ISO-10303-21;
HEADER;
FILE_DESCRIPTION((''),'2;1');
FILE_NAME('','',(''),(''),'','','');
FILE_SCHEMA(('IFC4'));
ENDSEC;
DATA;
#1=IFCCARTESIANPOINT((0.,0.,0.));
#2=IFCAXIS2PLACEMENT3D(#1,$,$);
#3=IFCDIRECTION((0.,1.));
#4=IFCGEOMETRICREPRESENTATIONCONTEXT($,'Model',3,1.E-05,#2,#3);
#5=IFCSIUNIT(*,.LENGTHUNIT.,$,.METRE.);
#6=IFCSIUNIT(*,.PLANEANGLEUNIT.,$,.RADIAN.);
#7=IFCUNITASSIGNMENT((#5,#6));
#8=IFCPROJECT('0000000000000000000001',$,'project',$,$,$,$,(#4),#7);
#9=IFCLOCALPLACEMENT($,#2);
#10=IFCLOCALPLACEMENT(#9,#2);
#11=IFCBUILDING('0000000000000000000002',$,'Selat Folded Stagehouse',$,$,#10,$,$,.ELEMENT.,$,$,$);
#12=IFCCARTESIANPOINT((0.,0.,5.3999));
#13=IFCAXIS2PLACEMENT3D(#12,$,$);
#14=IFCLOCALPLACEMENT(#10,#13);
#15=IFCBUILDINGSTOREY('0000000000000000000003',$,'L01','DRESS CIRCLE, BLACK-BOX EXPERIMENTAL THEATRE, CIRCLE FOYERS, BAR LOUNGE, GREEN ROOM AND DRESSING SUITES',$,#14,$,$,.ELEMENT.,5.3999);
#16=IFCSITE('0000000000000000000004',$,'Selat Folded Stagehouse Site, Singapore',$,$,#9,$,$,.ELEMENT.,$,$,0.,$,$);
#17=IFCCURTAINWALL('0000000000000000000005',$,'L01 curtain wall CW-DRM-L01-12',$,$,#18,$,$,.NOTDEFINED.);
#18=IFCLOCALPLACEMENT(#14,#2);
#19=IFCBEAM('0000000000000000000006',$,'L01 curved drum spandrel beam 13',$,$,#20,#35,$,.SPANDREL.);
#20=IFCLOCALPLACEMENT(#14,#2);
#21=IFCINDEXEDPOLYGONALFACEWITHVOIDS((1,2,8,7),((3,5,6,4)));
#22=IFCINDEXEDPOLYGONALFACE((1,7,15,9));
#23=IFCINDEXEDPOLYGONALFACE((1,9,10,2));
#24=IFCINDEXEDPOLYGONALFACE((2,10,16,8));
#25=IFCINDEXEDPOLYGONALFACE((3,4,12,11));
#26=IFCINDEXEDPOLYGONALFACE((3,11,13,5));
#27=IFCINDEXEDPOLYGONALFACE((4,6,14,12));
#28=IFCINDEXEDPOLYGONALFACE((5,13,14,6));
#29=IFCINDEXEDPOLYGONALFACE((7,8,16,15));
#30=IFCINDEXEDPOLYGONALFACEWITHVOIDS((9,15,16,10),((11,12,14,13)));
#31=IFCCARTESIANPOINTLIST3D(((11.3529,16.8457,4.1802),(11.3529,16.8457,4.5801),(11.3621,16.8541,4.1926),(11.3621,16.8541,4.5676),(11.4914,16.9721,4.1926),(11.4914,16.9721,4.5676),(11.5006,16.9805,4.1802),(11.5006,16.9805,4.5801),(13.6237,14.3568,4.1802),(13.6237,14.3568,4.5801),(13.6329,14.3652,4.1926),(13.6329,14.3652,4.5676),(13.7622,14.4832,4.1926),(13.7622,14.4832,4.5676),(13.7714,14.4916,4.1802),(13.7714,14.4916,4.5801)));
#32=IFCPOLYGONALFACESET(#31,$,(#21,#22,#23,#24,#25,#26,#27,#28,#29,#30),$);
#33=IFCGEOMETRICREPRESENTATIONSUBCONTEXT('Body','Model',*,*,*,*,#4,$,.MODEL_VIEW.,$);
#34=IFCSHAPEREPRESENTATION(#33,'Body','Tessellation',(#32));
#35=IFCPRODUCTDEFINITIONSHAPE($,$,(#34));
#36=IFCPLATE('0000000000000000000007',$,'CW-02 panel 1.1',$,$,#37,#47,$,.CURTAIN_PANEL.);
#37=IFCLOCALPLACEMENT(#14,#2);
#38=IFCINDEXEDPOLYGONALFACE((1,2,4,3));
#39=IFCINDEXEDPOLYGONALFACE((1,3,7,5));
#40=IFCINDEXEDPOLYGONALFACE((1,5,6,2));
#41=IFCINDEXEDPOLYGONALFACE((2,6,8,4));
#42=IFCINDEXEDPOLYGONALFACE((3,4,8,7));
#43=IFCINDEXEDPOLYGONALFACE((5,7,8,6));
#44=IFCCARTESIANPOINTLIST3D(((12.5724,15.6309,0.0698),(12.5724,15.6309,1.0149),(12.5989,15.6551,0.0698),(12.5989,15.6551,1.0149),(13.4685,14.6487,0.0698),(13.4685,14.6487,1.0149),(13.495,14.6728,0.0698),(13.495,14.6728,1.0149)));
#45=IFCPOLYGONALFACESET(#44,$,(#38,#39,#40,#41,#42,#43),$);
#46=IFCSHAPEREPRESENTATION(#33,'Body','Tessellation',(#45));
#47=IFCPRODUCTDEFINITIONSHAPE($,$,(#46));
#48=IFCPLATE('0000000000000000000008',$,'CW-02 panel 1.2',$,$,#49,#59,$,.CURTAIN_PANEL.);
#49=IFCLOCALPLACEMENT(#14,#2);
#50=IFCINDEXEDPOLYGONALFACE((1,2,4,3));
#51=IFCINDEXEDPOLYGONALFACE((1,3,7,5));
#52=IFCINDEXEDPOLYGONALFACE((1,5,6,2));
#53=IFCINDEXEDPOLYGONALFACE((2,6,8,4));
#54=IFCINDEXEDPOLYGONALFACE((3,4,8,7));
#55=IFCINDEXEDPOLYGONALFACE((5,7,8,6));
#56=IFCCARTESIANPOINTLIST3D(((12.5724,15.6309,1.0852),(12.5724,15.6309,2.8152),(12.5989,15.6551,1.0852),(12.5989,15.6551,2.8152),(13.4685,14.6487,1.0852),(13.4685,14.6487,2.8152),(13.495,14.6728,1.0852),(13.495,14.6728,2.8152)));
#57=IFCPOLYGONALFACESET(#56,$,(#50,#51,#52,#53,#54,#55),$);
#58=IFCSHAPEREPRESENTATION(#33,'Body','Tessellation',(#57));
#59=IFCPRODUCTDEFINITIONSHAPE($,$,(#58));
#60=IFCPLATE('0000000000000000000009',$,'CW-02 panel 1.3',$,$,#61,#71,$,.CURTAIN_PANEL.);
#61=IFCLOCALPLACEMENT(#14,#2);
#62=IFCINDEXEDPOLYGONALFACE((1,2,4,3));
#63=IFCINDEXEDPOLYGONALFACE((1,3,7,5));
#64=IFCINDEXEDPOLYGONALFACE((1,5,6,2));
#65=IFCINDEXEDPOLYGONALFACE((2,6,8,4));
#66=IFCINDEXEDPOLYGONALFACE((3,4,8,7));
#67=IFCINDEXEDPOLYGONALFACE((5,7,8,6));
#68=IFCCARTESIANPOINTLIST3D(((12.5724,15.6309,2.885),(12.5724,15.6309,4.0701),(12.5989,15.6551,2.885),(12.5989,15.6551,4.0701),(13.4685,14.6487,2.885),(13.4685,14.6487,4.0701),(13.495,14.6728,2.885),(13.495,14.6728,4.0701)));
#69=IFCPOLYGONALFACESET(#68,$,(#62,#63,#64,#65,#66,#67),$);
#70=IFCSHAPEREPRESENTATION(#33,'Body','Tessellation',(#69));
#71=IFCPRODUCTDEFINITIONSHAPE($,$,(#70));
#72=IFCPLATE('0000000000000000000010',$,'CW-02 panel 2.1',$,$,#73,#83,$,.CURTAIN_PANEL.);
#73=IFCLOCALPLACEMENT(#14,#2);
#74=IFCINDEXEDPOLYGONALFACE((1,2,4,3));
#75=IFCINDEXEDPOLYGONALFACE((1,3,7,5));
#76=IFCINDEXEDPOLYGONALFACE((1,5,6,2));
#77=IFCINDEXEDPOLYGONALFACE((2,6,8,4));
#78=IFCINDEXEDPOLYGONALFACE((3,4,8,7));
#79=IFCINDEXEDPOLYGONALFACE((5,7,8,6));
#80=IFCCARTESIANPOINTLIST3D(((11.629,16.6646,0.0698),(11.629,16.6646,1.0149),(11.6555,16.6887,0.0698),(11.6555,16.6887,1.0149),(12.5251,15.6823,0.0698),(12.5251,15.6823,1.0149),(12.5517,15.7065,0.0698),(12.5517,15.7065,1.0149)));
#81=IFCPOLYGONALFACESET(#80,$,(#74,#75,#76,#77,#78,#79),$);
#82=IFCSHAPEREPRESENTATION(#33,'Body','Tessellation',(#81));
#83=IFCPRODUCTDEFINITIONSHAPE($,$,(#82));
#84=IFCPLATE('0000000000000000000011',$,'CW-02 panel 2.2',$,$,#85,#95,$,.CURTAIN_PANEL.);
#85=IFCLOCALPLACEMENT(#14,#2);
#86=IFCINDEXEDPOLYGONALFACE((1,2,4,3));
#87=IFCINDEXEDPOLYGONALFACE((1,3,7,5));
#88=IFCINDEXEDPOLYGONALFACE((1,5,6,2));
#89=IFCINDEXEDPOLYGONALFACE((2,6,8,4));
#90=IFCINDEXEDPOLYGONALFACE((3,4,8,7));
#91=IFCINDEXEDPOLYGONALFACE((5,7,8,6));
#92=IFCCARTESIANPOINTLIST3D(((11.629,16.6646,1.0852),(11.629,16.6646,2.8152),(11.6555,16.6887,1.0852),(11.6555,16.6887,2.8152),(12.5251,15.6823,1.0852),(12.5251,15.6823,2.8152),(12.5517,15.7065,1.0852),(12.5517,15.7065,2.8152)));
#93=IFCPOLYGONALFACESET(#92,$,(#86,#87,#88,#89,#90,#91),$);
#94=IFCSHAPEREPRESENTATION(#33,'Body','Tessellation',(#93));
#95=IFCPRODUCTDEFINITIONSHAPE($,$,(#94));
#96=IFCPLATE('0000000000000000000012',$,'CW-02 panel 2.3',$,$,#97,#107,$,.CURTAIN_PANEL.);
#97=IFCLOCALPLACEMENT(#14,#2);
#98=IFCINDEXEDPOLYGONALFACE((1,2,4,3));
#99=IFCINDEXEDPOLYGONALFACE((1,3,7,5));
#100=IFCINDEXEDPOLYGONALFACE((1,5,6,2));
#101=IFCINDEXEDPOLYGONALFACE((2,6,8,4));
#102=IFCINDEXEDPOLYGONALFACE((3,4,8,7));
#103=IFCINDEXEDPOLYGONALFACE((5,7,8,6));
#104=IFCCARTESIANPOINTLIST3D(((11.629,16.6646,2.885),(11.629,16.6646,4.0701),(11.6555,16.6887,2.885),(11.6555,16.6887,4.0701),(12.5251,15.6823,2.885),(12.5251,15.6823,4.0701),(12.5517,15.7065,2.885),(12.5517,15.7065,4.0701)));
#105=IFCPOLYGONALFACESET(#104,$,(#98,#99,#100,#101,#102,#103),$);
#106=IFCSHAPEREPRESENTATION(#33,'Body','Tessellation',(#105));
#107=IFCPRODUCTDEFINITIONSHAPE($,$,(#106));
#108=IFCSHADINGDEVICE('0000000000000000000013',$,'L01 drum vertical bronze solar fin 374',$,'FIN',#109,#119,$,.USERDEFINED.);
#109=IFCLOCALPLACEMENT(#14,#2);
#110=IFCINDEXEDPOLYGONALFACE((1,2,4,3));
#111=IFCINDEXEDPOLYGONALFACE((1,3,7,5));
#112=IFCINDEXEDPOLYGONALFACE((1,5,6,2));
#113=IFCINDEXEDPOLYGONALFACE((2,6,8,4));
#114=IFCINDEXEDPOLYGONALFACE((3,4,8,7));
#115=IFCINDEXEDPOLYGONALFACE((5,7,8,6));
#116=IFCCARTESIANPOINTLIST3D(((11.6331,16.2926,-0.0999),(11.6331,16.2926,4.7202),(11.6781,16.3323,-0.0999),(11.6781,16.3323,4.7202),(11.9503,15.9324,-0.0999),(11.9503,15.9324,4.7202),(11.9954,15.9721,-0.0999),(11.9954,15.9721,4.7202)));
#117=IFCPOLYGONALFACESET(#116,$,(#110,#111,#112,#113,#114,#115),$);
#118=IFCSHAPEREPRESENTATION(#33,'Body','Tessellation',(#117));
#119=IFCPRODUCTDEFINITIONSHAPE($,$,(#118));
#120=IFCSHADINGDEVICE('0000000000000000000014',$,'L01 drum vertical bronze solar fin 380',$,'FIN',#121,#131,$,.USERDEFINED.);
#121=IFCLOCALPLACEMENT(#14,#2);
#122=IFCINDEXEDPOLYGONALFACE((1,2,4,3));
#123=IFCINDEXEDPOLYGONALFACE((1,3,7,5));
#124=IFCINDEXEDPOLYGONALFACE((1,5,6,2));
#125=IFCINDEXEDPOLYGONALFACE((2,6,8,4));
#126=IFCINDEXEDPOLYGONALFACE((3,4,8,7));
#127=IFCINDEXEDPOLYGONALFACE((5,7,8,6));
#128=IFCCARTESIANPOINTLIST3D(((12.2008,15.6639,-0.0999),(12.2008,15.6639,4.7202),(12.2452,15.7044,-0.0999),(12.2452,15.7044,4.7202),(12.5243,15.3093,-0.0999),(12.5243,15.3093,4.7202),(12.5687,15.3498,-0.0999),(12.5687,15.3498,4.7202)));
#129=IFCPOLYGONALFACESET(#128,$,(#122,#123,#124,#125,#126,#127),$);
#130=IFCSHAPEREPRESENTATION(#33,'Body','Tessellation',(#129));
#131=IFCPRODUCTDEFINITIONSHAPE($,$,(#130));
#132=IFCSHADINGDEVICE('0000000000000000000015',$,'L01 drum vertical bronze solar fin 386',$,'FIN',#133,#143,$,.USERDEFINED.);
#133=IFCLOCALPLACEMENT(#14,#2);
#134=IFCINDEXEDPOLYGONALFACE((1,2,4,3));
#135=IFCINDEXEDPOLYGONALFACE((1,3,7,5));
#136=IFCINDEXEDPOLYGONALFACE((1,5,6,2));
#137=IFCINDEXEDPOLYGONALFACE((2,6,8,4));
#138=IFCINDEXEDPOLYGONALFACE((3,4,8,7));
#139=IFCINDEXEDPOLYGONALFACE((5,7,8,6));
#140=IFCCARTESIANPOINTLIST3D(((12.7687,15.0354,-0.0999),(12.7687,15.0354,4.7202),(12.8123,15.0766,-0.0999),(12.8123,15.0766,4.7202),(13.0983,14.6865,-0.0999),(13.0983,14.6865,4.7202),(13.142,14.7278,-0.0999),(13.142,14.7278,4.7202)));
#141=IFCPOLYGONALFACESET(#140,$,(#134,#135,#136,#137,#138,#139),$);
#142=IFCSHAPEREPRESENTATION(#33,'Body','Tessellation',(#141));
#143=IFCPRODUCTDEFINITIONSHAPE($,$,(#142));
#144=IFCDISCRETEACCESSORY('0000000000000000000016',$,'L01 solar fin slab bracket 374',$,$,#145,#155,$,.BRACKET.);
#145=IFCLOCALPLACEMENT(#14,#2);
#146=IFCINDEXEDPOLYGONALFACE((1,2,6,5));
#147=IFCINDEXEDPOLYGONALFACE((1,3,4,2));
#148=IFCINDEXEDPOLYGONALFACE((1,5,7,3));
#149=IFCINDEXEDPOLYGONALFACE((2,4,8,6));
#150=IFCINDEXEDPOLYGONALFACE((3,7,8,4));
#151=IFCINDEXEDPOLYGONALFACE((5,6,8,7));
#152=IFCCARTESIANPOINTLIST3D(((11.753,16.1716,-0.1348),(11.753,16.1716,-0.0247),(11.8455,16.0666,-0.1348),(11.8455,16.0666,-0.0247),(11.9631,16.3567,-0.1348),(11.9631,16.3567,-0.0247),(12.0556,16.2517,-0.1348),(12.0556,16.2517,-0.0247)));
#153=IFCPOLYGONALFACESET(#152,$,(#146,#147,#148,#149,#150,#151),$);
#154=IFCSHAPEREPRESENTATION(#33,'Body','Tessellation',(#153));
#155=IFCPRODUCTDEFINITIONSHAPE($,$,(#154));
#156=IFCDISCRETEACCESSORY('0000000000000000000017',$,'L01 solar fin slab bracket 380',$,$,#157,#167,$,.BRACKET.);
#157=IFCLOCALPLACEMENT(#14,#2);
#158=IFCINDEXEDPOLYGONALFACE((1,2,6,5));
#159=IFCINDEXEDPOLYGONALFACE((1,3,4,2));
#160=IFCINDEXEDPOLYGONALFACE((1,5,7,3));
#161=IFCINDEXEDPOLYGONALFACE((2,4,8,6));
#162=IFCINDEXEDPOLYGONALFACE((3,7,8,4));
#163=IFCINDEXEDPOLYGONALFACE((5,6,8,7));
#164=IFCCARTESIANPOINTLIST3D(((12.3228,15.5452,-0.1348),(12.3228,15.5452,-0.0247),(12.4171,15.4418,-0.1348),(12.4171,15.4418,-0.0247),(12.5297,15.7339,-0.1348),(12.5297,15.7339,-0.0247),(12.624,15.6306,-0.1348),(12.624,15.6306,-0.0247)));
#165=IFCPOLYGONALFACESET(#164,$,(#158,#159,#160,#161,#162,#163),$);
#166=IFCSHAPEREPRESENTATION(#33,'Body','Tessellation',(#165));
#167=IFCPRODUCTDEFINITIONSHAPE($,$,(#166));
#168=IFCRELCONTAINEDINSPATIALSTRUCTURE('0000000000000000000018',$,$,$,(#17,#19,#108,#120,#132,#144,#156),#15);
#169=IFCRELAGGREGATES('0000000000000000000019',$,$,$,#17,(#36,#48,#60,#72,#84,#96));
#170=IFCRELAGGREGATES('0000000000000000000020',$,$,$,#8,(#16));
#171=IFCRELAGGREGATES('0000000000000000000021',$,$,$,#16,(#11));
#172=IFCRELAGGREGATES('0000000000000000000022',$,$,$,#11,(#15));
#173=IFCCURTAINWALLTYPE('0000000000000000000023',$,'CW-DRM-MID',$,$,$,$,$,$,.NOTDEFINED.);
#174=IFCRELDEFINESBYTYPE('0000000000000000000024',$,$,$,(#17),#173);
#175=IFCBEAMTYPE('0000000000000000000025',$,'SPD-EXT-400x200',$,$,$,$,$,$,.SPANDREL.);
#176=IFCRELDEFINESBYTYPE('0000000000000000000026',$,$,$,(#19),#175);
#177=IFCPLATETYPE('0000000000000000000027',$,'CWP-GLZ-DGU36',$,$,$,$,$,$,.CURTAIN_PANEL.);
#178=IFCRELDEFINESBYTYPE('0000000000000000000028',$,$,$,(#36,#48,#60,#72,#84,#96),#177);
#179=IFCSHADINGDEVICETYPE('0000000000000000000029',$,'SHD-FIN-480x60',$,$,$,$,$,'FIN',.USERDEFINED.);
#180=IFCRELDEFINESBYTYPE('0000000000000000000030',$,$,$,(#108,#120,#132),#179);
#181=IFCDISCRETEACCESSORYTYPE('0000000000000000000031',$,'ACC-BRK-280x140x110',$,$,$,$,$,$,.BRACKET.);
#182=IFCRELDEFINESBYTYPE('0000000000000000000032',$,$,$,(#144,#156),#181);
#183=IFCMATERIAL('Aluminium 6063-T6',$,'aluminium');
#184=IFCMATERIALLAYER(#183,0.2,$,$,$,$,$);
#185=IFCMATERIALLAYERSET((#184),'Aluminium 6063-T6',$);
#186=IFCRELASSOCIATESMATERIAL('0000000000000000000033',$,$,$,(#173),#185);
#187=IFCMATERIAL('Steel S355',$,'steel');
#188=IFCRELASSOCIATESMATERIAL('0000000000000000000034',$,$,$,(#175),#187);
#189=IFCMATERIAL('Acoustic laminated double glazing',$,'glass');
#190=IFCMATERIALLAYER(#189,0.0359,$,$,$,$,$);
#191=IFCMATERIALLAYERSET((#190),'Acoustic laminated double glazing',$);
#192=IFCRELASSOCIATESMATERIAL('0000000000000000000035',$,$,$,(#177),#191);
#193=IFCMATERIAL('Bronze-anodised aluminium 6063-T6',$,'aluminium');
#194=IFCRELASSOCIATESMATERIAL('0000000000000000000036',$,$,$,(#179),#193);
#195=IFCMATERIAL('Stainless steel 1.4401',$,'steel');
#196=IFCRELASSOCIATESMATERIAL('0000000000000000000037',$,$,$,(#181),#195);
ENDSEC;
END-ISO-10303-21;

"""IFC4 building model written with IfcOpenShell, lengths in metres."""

from ifc_helpers import new_model, si_unit, direction, frame, origin, origin_2d, place, context, subcontext, project, spatial, rectangle, hollow_rectangle, extrude, material, layer, layer_set, material_profile, profile_set, type_object, element, aggregate, save


model = new_model("IFC4")

# Units and contexts
model_context = context("Model", 3, precision=1e-05, world=origin(), true_north=direction((0.0, 1.0)))
body_context = subcontext(model_context, "Body", "Model", "MODEL_VIEW")
ifc_project = project(units=[si_unit("LENGTHUNIT", "METRE"), si_unit("PLANEANGLEUNIT", "RADIAN")], contexts=[model_context])

# Site, building, storey
site_placement = place(None, origin())
site = spatial("IfcSite", under=ifc_project, at=site_placement, Name="Selat Folded Stagehouse Site, Singapore", CompositionType="ELEMENT", RefElevation=0.0)
building_placement = place(site_placement, origin())
building = spatial("IfcBuilding", under=site, at=building_placement, Name="Selat Folded Stagehouse", CompositionType="ELEMENT")
storey_placement = place(building_placement, frame((0.0, 0.0, 5.3999)))
storey = spatial("IfcBuildingStorey", under=building, at=storey_placement, Name="L01", Description="DRESS CIRCLE, BLACK-BOX EXPERIMENTAL THEATRE, CIRCLE FOYERS, BAR LOUNGE, GREEN ROOM AND DRESSING SUITES", CompositionType="ELEMENT", Elevation=5.3999)

# Shared definitions
ifc_material_1 = material(Name="Steel S355", Category="steel")

# Shared definitions
ifc_material_2 = material(Name="Aluminium 6063-T6", Category="aluminium")
ifc_layer_1 = layer(ifc_material_2, 0.2)
ifc_layer_set_1 = layer_set([ifc_layer_1], Name="Aluminium 6063-T6")
curtain_wall_type = type_object("IfcCurtainWallType", Name="CW-DRM-MID", PredefinedType="NOTDEFINED", material=ifc_layer_set_1)

# Curtain wall
curtain_wall_1_placement = place(storey_placement, origin())
curtain_wall_1 = element("IfcCurtainWall", 1, at=curtain_wall_1_placement, inside=storey, type_object=curtain_wall_type, Name="L01 curtain wall CW-DRM-L01-12", PredefinedType="NOTDEFINED")

# Beam
ifc_material_profile_1 = material_profile(ifc_material_1, hollow_rectangle(XDim=0.2, YDim=0.3999, WallThickness=0.0125, at=origin_2d()), Name="RHS 400x200x12.5")
ifc_profile_set_1 = profile_set([ifc_material_profile_1], Name="Steel S355")
beam_type = type_object("IfcBeamType", Name="SPD-EXT-400x200", PredefinedType="SPANDREL", material=ifc_profile_set_1)
beam_placement = place(storey_placement, frame((11.4268, 16.9131, 4.3801), z_axis=(0.67401, -0.738722, 0.0), x_axis=(0.738722, 0.67401, 0.0)))
element("IfcBeam", 2, at=beam_placement, inside=storey, type_object=beam_type, Name="L01 curved drum spandrel beam 13", PredefinedType="SPANDREL", context=body_context, shape_type="SweptSolid", body=[
    extrude(hollow_rectangle(XDim=0.2, YDim=0.3999, WallThickness=0.0125, at=origin_2d()), origin(), (0.0, 0.0, 1.0), 3.3691),
])

# Plates
ifc_material_3 = material(Name="Acoustic laminated double glazing", Category="glass")
ifc_layer_2 = layer(ifc_material_3, 0.0359)
ifc_layer_set_2 = layer_set([ifc_layer_2], Name="Acoustic laminated double glazing")
plate_type = type_object("IfcPlateType", Name="CWP-GLZ-DGU36", PredefinedType="CURTAIN_PANEL", material=ifc_layer_set_2)
plate_1_placement = place(storey_placement, frame((13.0337, 15.1519, 0.0698), z_axis=(0.0, 0.0, 1.0), x_axis=(-0.674002, 0.738729, 0.0)))
plate_1 = element("IfcPlate", 3, at=plate_1_placement, type_object=plate_type, Name="CW-02 panel 1.1", PredefinedType="CURTAIN_PANEL", context=body_context, shape_type="SweptSolid", body=[
    extrude(rectangle(XDim=1.3296, YDim=0.0359, at=origin_2d()), origin(), (0.0, 0.0, 1.0), 0.9451),
])
plate_2_placement = place(storey_placement, frame((13.0337, 15.1519, 1.0852), z_axis=(0.0, 0.0, 1.0), x_axis=(-0.674002, 0.738729, 0.0)))
plate_2 = element("IfcPlate", 4, at=plate_2_placement, type_object=plate_type, Name="CW-02 panel 1.2", PredefinedType="CURTAIN_PANEL", context=body_context, shape_type="SweptSolid", body=[
    extrude(rectangle(XDim=1.3296, YDim=0.0359, at=origin_2d()), origin(), (0.0, 0.0, 1.0), 1.73),
])
plate_3_placement = place(storey_placement, frame((13.0337, 15.1519, 2.885), z_axis=(0.0, 0.0, 1.0), x_axis=(-0.674002, 0.738729, 0.0)))
plate_3 = element("IfcPlate", 5, at=plate_3_placement, type_object=plate_type, Name="CW-02 panel 1.3", PredefinedType="CURTAIN_PANEL", context=body_context, shape_type="SweptSolid", body=[
    extrude(rectangle(XDim=1.3296, YDim=0.0359, at=origin_2d()), origin(), (0.0, 0.0, 1.0), 1.1851),
])
plate_4_placement = place(storey_placement, frame((12.0903, 16.1855, 0.0698), z_axis=(0.0, 0.0, 1.0), x_axis=(-0.674002, 0.738729, 0.0)))
plate_4 = element("IfcPlate", 6, at=plate_4_placement, type_object=plate_type, Name="CW-02 panel 2.1", PredefinedType="CURTAIN_PANEL", context=body_context, shape_type="SweptSolid", body=[
    extrude(rectangle(XDim=1.3296, YDim=0.0359, at=origin_2d()), origin(), (0.0, 0.0, 1.0), 0.9451),
])
plate_5_placement = place(storey_placement, frame((12.0903, 16.1855, 1.0852), z_axis=(0.0, 0.0, 1.0), x_axis=(-0.674002, 0.738729, 0.0)))
plate_5 = element("IfcPlate", 7, at=plate_5_placement, type_object=plate_type, Name="CW-02 panel 2.2", PredefinedType="CURTAIN_PANEL", context=body_context, shape_type="SweptSolid", body=[
    extrude(rectangle(XDim=1.3296, YDim=0.0359, at=origin_2d()), origin(), (0.0, 0.0, 1.0), 1.73),
])
plate_6_placement = place(storey_placement, frame((12.0903, 16.1855, 2.885), z_axis=(0.0, 0.0, 1.0), x_axis=(-0.674002, 0.738729, 0.0)))
plate_6 = element("IfcPlate", 8, at=plate_6_placement, type_object=plate_type, Name="CW-02 panel 2.3", PredefinedType="CURTAIN_PANEL", context=body_context, shape_type="SweptSolid", body=[
    extrude(rectangle(XDim=1.3296, YDim=0.0359, at=origin_2d()), origin(), (0.0, 0.0, 1.0), 1.1851),
])
aggregate(curtain_wall_1, [plate_1, plate_2, plate_3, plate_4, plate_5, plate_6])

# Shading devices
ifc_material_4 = material(Name="Bronze-anodised aluminium 6063-T6", Category="aluminium")
ifc_material_profile_2 = material_profile(ifc_material_4, rectangle(XDim=0.0601, YDim=0.48, at=origin_2d()), Name="SOLAR-FIN 480x60")
ifc_profile_set_2 = profile_set([ifc_material_profile_2], Name="Bronze-anodised aluminium 6063-T6")
shading_device_type = type_object("IfcShadingDeviceType", Name="SHD-FIN-480x60", ElementType="FIN", PredefinedType="USERDEFINED", material=ifc_profile_set_2)
for number, where, z_axis, x_axis, name in (
    (9, (11.8142, 16.1323, -0.0999), (0.0, 0.0, 1.0), (-0.750457, -0.660919, 0.0), "L01 drum vertical bronze solar fin 374"),
    (10, (12.3848, 15.5068, -0.0999), (0.0, 0.0, 1.0), (-0.738691, -0.674045, 0.0), "L01 drum vertical bronze solar fin 380"),
    (11, (12.9553, 14.8816, -0.0999), (0.0, 0.0, 1.0), (-0.726814, -0.686834, 0.0), "L01 drum vertical bronze solar fin 386"),
):
    element("IfcShadingDevice", number, at=place(storey_placement, frame(where, z_axis=z_axis, x_axis=x_axis)), inside=storey, type_object=shading_device_type, Name=name, ObjectType="FIN", PredefinedType="USERDEFINED", context=body_context, shape_type="SweptSolid", body=[
        extrude(rectangle(XDim=0.0601, YDim=0.48, at=origin_2d()), origin(), (0.0, 0.0, 1.0), 4.8201),
    ])

# Discrete accessories
ifc_material_5 = material(Name="Stainless steel 1.4401", Category="steel")
discrete_accessory_type = type_object("IfcDiscreteAccessoryType", Name="ACC-BRK-280x140x110", PredefinedType="BRACKET", material=ifc_material_5)
for number, where, z_axis, x_axis, name in (
    (12, (11.9043, 16.2117, -0.1348), (0.0, 0.0, 1.0), (-0.750457, -0.660919, 0.0), "L01 solar fin slab bracket 374"),
    (13, (12.4734, 15.5879, -0.1348), (0.0, 0.0, 1.0), (-0.738691, -0.674045, 0.0), "L01 solar fin slab bracket 380"),
):
    element("IfcDiscreteAccessory", number, at=place(storey_placement, frame(where, z_axis=z_axis, x_axis=x_axis)), inside=storey, type_object=discrete_accessory_type, Name=name, PredefinedType="BRACKET", context=body_context, shape_type="SweptSolid", body=[
        extrude(rectangle(XDim=0.28, YDim=0.1399, at=origin_2d()), origin(), (0.0, 0.0, 1.0), 0.1101),
    ])

save(model, "model.ifc")
